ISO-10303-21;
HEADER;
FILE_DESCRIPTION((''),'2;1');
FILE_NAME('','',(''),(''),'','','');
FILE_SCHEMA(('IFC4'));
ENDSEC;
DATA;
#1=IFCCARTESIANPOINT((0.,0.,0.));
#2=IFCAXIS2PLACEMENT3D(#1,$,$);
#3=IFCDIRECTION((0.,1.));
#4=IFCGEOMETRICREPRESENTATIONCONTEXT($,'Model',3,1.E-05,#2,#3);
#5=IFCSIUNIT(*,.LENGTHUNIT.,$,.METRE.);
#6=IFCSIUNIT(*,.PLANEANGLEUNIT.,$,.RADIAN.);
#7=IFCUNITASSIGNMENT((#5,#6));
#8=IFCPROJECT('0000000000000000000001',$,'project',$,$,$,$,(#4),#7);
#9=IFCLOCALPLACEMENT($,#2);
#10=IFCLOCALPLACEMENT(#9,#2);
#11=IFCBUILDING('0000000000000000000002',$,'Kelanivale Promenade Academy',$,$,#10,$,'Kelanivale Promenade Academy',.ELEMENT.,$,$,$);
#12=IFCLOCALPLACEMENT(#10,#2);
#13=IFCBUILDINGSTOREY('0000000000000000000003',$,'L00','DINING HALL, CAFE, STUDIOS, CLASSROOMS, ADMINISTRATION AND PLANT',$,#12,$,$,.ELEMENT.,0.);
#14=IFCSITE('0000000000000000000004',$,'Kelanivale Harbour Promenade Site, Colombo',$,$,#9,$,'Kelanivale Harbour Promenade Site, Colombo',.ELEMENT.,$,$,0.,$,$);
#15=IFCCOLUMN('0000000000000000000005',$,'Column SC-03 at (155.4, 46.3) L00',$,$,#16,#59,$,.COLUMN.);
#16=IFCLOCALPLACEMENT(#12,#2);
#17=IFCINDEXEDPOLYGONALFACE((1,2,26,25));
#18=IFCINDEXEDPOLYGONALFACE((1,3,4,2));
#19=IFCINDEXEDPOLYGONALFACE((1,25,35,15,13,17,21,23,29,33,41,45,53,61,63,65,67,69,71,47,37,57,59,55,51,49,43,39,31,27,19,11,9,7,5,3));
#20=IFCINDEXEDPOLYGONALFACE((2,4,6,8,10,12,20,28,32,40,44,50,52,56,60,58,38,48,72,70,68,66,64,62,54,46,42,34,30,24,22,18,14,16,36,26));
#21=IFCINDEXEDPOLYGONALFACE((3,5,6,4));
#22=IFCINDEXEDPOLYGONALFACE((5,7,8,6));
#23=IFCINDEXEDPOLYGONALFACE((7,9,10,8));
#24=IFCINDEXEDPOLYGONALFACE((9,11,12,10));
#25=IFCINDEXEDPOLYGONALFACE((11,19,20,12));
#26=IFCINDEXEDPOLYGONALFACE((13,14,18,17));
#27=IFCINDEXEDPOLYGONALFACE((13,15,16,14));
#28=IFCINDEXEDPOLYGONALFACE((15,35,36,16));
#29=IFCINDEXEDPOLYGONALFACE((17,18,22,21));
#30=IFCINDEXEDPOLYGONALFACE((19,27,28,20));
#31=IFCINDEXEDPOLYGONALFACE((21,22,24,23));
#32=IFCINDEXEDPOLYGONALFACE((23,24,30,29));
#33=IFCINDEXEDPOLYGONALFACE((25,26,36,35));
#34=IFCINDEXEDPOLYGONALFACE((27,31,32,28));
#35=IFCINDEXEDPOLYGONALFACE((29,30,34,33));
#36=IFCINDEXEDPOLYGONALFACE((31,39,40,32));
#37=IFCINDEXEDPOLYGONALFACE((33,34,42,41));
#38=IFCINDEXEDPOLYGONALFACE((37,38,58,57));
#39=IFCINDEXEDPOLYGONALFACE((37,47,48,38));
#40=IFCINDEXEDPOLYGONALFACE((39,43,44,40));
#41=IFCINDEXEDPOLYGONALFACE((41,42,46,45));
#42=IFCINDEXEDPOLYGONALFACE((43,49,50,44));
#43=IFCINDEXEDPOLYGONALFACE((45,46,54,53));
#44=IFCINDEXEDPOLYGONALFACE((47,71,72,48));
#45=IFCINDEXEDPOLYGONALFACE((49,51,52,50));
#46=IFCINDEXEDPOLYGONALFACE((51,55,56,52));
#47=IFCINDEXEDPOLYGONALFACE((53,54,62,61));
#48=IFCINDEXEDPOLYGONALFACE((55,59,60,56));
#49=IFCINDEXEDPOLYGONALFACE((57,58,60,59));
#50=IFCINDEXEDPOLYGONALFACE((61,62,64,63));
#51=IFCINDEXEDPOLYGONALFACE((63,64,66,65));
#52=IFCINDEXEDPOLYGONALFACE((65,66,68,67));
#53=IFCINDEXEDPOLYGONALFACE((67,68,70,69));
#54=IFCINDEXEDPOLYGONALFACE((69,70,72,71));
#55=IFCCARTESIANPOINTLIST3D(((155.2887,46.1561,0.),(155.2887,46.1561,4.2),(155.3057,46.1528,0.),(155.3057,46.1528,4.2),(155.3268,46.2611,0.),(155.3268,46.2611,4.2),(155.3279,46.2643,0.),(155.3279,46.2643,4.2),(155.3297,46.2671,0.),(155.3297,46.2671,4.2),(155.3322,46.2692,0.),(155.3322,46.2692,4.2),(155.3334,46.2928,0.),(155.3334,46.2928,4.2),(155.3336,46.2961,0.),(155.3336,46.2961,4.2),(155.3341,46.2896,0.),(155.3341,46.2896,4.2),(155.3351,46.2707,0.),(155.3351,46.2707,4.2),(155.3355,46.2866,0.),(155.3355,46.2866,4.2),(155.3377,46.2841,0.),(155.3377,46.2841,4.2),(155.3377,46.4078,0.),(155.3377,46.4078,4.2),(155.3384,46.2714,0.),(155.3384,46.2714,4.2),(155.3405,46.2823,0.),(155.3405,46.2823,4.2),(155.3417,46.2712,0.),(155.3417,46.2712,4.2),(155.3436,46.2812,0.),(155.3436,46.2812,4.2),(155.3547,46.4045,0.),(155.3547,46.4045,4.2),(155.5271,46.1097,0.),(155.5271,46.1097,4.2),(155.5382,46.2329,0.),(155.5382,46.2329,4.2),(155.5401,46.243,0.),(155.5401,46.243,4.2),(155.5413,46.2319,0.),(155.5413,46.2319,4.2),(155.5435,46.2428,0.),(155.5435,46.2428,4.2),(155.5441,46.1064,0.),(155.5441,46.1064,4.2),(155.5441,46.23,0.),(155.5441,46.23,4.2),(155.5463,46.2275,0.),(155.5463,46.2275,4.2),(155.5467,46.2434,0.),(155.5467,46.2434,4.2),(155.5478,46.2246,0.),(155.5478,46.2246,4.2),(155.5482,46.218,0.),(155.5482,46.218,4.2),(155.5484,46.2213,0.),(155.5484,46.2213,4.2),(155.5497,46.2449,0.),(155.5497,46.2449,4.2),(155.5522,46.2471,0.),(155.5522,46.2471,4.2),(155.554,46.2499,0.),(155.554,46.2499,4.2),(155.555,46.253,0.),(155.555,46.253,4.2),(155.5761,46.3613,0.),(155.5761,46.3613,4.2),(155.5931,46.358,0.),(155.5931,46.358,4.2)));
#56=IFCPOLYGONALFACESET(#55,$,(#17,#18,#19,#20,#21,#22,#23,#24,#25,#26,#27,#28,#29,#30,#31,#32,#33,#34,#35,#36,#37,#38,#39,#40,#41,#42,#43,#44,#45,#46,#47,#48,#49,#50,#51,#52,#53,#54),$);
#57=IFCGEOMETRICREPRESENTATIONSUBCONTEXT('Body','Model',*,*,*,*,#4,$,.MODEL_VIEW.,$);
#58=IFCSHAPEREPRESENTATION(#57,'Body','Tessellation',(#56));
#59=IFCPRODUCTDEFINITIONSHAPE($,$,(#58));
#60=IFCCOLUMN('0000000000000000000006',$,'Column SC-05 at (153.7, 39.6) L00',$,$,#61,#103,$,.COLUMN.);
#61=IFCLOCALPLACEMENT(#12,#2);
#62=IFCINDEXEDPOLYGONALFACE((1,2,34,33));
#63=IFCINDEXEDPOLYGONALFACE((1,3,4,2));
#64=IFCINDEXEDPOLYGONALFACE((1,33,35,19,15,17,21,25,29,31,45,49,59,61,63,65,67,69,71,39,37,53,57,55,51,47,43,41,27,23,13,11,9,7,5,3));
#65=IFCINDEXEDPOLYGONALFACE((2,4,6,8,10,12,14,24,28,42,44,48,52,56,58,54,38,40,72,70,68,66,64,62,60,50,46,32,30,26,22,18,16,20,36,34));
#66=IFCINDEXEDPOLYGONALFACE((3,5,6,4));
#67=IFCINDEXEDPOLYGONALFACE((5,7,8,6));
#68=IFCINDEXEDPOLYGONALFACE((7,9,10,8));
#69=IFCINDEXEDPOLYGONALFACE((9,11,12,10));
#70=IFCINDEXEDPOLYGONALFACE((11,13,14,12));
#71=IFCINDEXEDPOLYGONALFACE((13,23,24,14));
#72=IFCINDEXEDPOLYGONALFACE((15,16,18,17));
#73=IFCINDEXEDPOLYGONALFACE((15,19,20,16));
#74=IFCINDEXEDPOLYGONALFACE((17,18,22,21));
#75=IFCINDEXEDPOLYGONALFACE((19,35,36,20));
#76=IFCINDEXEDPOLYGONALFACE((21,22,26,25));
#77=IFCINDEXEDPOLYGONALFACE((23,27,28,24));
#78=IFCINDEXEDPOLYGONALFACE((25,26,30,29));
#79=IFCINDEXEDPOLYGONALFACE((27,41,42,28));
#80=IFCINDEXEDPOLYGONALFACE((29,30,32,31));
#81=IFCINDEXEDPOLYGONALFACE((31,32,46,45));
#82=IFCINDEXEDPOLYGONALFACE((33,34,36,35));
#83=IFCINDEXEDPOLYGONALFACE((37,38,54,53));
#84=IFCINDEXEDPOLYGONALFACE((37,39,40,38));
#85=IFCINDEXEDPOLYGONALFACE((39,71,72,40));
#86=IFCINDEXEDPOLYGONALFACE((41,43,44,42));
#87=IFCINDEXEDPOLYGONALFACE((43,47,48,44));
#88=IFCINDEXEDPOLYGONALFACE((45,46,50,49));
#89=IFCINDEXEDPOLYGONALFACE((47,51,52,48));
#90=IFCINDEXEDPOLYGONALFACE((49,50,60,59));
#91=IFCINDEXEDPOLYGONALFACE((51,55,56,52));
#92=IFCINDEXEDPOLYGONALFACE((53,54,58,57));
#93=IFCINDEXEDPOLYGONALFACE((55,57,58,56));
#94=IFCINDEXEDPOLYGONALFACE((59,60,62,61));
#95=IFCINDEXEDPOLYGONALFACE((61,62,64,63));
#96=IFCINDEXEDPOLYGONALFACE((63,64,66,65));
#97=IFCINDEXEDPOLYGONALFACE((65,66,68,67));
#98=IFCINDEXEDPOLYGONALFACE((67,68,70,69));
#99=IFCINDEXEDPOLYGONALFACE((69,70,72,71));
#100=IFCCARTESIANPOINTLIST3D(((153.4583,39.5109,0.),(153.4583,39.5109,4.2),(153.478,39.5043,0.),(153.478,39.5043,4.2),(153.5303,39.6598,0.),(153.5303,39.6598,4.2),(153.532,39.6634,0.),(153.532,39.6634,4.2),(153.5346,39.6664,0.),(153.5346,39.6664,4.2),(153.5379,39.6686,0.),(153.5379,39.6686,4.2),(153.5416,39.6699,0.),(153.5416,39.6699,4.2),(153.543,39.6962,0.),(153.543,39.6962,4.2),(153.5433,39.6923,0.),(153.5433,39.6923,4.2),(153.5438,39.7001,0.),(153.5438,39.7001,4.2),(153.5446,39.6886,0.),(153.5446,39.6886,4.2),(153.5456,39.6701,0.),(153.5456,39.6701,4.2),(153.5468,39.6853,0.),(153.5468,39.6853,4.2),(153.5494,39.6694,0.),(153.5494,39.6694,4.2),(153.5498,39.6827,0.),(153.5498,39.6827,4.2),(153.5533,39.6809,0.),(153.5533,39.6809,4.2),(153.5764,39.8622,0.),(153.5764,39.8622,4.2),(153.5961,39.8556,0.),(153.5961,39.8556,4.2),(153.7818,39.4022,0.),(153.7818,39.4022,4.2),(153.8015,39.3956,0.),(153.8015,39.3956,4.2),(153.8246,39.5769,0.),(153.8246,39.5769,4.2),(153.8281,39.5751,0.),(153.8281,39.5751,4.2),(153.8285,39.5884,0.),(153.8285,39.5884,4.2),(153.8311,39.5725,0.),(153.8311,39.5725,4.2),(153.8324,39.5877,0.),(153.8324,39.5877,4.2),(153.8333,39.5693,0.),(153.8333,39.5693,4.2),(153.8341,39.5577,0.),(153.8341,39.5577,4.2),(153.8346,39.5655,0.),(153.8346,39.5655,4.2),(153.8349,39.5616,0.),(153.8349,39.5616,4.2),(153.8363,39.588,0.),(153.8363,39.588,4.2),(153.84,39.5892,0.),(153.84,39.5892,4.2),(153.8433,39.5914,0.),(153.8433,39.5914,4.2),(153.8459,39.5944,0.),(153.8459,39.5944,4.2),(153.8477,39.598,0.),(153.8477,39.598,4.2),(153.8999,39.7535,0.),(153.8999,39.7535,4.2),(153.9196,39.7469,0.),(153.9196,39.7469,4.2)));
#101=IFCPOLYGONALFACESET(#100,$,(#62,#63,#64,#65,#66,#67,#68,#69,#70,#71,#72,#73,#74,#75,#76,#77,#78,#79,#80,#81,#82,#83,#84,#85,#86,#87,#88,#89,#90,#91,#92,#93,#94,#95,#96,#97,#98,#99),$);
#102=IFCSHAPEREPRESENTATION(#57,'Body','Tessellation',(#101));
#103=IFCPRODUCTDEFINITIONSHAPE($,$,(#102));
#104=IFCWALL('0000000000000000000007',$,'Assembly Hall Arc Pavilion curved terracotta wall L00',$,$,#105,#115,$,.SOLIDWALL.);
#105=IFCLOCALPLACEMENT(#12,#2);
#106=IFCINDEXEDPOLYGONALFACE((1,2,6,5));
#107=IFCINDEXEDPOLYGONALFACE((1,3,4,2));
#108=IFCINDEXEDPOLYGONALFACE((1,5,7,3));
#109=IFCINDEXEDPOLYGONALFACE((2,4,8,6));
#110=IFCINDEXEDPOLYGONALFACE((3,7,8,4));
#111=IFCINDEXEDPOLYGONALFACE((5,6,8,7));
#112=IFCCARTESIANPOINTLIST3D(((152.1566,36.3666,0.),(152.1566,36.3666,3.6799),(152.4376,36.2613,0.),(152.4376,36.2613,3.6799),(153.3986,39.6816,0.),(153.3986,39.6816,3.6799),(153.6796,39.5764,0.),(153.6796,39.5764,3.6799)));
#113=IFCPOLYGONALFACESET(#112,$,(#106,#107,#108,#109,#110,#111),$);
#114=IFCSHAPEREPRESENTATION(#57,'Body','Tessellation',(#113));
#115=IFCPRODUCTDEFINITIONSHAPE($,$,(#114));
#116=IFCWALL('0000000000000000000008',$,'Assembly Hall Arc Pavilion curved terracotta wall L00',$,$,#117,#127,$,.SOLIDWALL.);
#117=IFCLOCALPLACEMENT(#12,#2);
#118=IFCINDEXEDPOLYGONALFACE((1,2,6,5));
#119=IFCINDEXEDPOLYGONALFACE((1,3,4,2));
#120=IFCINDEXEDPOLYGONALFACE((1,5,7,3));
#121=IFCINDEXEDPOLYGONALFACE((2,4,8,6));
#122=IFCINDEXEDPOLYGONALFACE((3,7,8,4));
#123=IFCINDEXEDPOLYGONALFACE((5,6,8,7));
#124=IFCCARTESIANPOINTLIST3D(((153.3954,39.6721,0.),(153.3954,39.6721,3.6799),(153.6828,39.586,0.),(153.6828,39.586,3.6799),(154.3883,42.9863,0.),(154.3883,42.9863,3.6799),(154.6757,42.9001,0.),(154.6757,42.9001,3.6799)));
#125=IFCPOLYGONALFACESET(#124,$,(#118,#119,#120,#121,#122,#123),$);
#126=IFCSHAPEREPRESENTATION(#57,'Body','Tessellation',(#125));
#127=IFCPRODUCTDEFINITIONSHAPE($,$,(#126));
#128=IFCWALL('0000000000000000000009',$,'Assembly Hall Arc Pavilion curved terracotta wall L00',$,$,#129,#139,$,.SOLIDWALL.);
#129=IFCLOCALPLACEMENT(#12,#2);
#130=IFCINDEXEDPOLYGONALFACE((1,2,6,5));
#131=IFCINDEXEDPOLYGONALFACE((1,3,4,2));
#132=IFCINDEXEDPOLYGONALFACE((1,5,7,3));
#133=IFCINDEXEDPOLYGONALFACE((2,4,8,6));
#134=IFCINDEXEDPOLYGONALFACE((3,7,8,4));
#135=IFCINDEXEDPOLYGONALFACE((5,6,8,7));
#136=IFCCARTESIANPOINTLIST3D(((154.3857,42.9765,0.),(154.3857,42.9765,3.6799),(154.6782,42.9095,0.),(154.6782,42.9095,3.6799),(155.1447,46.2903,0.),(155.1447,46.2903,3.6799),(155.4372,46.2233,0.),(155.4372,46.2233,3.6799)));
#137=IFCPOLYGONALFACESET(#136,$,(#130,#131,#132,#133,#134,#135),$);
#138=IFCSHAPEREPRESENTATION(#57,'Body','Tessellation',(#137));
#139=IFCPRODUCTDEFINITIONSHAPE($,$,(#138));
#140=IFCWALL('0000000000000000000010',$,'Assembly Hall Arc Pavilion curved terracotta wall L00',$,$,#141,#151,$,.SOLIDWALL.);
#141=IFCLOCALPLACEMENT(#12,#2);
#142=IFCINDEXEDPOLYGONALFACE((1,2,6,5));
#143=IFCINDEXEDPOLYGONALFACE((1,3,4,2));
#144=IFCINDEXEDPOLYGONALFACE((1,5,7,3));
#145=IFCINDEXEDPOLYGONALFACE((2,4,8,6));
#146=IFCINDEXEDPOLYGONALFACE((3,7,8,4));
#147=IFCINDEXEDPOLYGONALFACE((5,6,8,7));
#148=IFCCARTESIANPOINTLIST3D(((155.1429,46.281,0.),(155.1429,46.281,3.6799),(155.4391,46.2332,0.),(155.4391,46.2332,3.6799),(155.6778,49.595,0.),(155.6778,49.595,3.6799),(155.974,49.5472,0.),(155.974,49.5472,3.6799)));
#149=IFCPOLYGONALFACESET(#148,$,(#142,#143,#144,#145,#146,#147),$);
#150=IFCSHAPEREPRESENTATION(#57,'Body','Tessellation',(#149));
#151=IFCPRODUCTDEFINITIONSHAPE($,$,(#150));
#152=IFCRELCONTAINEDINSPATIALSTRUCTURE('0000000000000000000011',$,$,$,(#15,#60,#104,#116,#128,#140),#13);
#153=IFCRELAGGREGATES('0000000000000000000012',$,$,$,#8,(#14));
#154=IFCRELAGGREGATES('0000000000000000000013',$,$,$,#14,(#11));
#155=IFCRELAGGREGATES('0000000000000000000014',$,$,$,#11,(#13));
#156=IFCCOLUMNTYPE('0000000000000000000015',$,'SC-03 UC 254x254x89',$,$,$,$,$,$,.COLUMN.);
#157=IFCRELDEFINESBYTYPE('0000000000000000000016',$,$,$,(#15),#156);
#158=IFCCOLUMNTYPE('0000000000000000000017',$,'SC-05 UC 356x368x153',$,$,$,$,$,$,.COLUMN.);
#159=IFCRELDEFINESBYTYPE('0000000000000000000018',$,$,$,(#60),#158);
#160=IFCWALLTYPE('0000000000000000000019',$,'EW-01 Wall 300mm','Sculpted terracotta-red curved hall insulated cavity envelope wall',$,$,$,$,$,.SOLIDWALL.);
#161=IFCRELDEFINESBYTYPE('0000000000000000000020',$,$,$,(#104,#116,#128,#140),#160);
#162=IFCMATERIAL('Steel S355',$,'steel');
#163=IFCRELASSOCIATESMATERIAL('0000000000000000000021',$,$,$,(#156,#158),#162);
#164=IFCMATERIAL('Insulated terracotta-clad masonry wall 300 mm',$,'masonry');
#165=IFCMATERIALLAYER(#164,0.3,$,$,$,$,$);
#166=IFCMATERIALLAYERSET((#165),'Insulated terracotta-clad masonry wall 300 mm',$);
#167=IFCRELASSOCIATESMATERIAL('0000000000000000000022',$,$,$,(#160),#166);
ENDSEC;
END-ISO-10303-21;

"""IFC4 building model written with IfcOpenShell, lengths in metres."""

from ifc_helpers import new_model, si_unit, direction, frame, frame_2d, origin, origin_2d, place, context, subcontext, project, spatial, rectangle, i_section, extrude, material, layer, layer_set, material_profile, profile_set, type_object, element, save


model = new_model("IFC4")

# Units and contexts
model_context = context("Model", 3, precision=1e-05, world=origin(), true_north=direction((0.0, 1.0)))
body_context = subcontext(model_context, "Body", "Model", "MODEL_VIEW")
ifc_project = project(units=[si_unit("LENGTHUNIT", "METRE"), si_unit("PLANEANGLEUNIT", "RADIAN")], contexts=[model_context])

# Site, building, storey
site_placement = place(None, origin())
site = spatial("IfcSite", under=ifc_project, at=site_placement, Name="Kelanivale Harbour Promenade Site, Colombo", LongName="Kelanivale Harbour Promenade Site, Colombo", CompositionType="ELEMENT", RefElevation=0.0)
building_placement = place(site_placement, origin())
building = spatial("IfcBuilding", under=site, at=building_placement, Name="Kelanivale Promenade Academy", LongName="Kelanivale Promenade Academy", CompositionType="ELEMENT")
storey_placement = place(building_placement, origin())
storey = spatial("IfcBuildingStorey", under=building, at=storey_placement, Name="L00", Description="DINING HALL, CAFE, STUDIOS, CLASSROOMS, ADMINISTRATION AND PLANT", CompositionType="ELEMENT", Elevation=0.0)

# Columns
ifc_material_1 = material(Name="Steel S355", Category="steel")
ifc_material_profile_1 = material_profile(ifc_material_1, i_section(OverallWidth=0.2563, OverallDepth=0.2603, WebThickness=0.0103, FlangeThickness=0.0173, FilletRadius=0.0127, at=origin_2d()), Name="UC 254x254x89")
ifc_profile_set_1 = profile_set([ifc_material_profile_1], Name="Steel S355")
column_type_1 = type_object("IfcColumnType", Name="SC-03 UC 254x254x89", PredefinedType="COLUMN", material=ifc_profile_set_1)
column_1_placement = place(storey_placement, frame((155.4409, 46.2571, 0.0), z_axis=(0.0, 0.0, 1.0), x_axis=(0.191152, 0.981561, 0.0)))
element("IfcColumn", 1, at=column_1_placement, inside=storey, type_object=column_type_1, Name="Column SC-03 at (155.4, 46.3) L00", PredefinedType="COLUMN", context=body_context, shape_type="SweptSolid", body=[
    extrude(i_section(OverallWidth=0.2563, OverallDepth=0.2603, WebThickness=0.0103, FlangeThickness=0.0173, FilletRadius=0.0127, at=origin_2d()), origin(), (0.0, 0.0, 1.0), 4.2),
])
ifc_material_profile_2 = material_profile(ifc_material_1, i_section(OverallWidth=0.3706, OverallDepth=0.3621, WebThickness=0.0122, FlangeThickness=0.0208, FilletRadius=0.0151, at=origin_2d()), Name="UC 356x368x153")
ifc_profile_set_2 = profile_set([ifc_material_profile_2], Name="Steel S355")
column_type_2 = type_object("IfcColumnType", Name="SC-05 UC 356x368x153", PredefinedType="COLUMN", material=ifc_profile_set_2)
column_2_placement = place(storey_placement, frame((153.689, 39.6289, 0.0), z_axis=(0.0, 0.0, 1.0), x_axis=(0.318628, 0.94788, 0.0)))
element("IfcColumn", 2, at=column_2_placement, inside=storey, type_object=column_type_2, Name="Column SC-05 at (153.7, 39.6) L00", PredefinedType="COLUMN", context=body_context, shape_type="SweptSolid", body=[
    extrude(i_section(OverallWidth=0.3706, OverallDepth=0.3621, WebThickness=0.0122, FlangeThickness=0.0208, FilletRadius=0.0151, at=origin_2d()), origin(), (0.0, 0.0, 1.0), 4.2),
])

# Walls
ifc_material_2 = material(Name="Insulated terracotta-clad masonry wall 300 mm", Category="masonry")
ifc_layer = layer(ifc_material_2, 0.3)
ifc_layer_set = layer_set([ifc_layer], Name="Insulated terracotta-clad masonry wall 300 mm")
wall_type = type_object("IfcWallType", Name="EW-01 Wall 300mm", Description="Sculpted terracotta-red curved hall insulated cavity envelope wall", PredefinedType="SOLIDWALL", material=ifc_layer_set)
wall_1_placement = place(storey_placement, frame((152.2971, 36.314, 0.0), z_axis=(0.0, 0.0, 1.0), x_axis=(0.350836, 0.936437, 0.0)))
element("IfcWall", 3, at=wall_1_placement, inside=storey, type_object=wall_type, Name="Assembly Hall Arc Pavilion curved terracotta wall L00", PredefinedType="SOLIDWALL", context=body_context, shape_type="SweptSolid", body=[
    extrude(rectangle(XDim=3.54, YDim=0.3, at=frame_2d((1.77, 0.0))), origin(), (0.0, 0.0, 1.0), 3.6799),
])
wall_2_placement = place(storey_placement, frame((153.5391, 39.6289, 0.0), z_axis=(0.0, 0.0, 1.0), x_axis=(0.286992, 0.957933, 0.0)))
element("IfcWall", 4, at=wall_2_placement, inside=storey, type_object=wall_type, Name="Assembly Hall Arc Pavilion curved terracotta wall L00", PredefinedType="SOLIDWALL", context=body_context, shape_type="SweptSolid", body=[
    extrude(rectangle(XDim=3.4597, YDim=0.3, at=frame_2d((1.73, 0.0))), origin(), (0.0, 0.0, 1.0), 3.6799),
])
wall_3_placement = place(storey_placement, frame((154.532, 42.9431, 0.0), z_axis=(0.0, 0.0, 1.0), x_axis=(0.22326, 0.974759, 0.0)))
element("IfcWall", 5, at=wall_3_placement, inside=storey, type_object=wall_type, Name="Assembly Hall Arc Pavilion curved terracotta wall L00", PredefinedType="SOLIDWALL", context=body_context, shape_type="SweptSolid", body=[
    extrude(rectangle(XDim=3.3997, YDim=0.3, at=frame_2d((1.6997, 0.0))), origin(), (0.0, 0.0, 1.0), 3.6799),
])
wall_4_placement = place(storey_placement, frame((155.291, 46.2571, 0.0), z_axis=(0.0, 0.0, 1.0), x_axis=(0.159349, 0.987222, 0.0)))
element("IfcWall", 6, at=wall_4_placement, inside=storey, type_object=wall_type, Name="Assembly Hall Arc Pavilion curved terracotta wall L00", PredefinedType="SOLIDWALL", context=body_context, shape_type="SweptSolid", body=[
    extrude(rectangle(XDim=3.3569, YDim=0.3, at=frame_2d((1.6785, 0.0))), origin(), (0.0, 0.0, 1.0), 3.6799),
])

save(model, "model.ifc")
